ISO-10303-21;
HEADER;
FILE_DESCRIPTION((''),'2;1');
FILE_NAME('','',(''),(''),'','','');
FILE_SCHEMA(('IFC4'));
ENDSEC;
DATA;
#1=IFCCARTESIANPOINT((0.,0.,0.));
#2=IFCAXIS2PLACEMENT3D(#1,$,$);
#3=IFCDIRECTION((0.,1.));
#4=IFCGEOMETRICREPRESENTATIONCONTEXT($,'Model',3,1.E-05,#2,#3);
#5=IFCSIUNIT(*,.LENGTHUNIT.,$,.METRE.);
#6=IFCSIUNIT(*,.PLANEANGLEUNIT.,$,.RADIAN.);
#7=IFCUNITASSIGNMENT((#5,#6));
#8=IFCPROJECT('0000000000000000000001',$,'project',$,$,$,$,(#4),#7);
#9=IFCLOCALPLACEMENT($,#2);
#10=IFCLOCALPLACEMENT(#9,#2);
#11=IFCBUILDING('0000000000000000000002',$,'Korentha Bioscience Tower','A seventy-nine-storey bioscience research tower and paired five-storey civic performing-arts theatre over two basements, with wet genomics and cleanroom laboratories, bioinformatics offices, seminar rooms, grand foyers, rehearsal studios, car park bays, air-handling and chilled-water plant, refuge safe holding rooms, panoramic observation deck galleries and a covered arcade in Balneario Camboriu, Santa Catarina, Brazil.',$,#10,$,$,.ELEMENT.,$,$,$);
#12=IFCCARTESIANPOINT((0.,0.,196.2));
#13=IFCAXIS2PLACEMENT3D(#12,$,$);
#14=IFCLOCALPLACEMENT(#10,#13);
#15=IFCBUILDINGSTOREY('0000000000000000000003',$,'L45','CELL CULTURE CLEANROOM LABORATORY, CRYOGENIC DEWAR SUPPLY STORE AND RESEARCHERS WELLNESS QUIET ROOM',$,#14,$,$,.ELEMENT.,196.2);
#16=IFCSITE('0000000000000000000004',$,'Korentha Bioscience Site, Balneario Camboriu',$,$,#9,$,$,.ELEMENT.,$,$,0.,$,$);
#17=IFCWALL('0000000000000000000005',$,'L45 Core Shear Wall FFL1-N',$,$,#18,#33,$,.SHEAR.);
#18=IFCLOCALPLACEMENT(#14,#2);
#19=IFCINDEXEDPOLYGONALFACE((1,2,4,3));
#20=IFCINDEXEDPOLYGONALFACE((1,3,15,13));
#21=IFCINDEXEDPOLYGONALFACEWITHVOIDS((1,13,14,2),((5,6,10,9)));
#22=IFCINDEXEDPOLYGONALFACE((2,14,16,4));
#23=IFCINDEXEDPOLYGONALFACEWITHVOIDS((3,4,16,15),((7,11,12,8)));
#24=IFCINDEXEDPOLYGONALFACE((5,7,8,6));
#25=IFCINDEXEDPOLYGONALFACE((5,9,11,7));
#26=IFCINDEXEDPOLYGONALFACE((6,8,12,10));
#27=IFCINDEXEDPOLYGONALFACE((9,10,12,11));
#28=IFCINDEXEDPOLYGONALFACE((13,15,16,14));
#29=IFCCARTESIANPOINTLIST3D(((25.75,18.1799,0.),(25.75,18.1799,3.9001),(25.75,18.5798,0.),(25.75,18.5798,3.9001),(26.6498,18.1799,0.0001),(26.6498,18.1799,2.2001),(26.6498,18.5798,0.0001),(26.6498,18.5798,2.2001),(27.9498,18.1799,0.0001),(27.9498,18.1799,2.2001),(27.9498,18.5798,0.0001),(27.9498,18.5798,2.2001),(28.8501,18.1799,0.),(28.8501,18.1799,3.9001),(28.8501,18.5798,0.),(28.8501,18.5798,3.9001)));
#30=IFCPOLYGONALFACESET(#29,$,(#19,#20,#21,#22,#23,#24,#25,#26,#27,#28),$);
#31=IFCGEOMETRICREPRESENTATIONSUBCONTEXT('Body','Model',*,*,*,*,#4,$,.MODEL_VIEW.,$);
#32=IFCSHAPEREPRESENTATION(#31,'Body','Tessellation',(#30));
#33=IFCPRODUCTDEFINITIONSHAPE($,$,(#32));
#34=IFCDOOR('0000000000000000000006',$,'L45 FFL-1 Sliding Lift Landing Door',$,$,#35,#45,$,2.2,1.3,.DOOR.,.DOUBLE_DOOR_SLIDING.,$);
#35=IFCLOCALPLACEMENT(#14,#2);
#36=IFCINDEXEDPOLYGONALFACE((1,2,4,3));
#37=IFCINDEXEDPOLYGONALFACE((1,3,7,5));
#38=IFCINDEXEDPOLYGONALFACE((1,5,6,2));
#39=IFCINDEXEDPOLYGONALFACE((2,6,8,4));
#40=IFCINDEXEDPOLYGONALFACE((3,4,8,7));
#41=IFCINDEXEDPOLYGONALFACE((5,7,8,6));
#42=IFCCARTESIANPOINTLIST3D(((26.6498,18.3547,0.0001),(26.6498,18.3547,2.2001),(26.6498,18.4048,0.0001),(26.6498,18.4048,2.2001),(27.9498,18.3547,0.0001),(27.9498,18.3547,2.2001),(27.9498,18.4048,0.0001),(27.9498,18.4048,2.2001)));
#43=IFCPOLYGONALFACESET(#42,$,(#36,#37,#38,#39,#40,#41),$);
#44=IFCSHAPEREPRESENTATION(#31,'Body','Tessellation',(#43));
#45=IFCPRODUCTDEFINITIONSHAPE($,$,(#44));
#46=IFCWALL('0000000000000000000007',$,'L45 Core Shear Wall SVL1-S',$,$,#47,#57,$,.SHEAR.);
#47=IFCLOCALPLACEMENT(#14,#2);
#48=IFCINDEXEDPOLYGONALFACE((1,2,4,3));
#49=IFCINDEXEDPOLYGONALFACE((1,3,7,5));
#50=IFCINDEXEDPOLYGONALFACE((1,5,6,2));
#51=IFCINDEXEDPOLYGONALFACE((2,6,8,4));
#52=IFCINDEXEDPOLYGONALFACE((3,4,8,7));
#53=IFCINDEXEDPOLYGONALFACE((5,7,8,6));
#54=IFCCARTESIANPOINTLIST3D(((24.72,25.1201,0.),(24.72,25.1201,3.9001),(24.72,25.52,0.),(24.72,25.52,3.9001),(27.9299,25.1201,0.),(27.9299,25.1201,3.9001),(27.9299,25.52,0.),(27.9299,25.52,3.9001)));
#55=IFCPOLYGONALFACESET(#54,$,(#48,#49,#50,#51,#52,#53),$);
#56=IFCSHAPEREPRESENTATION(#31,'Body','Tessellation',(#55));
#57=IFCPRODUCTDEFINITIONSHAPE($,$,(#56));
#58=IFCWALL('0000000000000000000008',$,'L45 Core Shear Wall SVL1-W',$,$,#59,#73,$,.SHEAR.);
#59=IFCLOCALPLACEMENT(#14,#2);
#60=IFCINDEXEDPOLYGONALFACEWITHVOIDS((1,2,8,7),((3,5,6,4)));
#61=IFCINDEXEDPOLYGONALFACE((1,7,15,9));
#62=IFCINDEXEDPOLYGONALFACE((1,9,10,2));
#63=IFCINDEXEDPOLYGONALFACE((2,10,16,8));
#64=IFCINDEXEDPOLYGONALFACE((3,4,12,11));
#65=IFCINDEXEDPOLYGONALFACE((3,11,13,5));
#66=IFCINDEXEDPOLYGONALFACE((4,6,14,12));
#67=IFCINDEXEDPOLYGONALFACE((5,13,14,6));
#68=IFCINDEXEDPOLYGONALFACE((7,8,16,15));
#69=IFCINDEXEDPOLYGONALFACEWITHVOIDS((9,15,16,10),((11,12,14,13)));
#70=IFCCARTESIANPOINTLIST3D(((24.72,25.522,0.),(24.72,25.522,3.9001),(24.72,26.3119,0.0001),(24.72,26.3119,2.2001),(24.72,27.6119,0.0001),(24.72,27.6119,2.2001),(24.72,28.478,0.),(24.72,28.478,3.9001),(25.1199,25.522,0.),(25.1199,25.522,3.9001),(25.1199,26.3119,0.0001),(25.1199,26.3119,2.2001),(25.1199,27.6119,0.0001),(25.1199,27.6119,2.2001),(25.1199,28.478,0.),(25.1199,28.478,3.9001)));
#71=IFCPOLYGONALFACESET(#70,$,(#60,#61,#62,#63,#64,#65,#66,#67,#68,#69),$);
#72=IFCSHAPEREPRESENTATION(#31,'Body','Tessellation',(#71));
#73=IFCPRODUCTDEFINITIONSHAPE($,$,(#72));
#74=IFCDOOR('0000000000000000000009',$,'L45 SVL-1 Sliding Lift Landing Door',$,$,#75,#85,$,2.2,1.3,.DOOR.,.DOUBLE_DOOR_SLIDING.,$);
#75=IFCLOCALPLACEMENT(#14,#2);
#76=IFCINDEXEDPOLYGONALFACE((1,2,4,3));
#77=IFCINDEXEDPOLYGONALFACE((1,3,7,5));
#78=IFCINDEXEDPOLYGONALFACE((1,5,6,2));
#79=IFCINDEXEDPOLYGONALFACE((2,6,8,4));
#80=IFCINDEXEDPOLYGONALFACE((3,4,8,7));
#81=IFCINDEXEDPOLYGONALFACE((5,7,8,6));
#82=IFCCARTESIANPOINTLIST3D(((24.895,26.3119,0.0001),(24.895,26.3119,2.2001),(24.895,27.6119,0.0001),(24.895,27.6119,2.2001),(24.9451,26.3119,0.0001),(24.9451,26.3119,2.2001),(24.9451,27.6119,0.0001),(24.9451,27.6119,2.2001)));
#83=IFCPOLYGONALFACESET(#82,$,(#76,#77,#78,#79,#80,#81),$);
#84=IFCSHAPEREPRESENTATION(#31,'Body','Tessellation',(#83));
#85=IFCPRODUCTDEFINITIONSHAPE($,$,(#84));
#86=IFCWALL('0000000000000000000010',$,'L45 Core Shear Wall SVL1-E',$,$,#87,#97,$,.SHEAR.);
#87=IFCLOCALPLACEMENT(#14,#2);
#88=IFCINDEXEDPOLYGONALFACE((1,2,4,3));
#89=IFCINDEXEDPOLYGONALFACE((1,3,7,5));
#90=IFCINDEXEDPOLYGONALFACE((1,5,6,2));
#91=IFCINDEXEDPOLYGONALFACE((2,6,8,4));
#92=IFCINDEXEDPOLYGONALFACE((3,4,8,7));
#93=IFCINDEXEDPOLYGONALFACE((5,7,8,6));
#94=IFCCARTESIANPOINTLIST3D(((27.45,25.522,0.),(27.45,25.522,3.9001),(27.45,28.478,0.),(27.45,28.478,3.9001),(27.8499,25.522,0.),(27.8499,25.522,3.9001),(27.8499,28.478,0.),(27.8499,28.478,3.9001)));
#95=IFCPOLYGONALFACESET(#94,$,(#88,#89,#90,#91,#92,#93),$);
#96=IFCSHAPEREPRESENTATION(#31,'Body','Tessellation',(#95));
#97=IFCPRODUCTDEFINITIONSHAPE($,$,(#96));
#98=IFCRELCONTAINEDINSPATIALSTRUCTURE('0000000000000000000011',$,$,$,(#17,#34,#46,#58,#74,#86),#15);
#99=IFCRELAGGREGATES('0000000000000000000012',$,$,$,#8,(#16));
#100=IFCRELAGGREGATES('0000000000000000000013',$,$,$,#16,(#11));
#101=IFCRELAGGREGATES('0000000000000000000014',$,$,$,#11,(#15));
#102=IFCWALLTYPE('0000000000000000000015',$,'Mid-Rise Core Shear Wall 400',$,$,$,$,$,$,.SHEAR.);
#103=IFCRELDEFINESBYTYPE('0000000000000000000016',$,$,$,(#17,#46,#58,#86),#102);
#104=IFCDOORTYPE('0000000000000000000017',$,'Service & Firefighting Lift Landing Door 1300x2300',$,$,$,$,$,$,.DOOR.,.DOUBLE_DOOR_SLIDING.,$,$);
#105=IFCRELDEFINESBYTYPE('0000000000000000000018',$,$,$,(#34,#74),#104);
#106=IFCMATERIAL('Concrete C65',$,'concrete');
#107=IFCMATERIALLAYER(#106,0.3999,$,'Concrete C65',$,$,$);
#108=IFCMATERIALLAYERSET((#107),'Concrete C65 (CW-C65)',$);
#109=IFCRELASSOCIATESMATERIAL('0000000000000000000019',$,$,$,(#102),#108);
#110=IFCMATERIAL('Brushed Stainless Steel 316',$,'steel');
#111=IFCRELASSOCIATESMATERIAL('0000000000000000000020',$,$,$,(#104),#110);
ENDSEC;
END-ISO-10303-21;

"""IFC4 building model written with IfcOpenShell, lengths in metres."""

from ifc_helpers import new_model, si_unit, direction, frame, frame_2d, origin, place, context, subcontext, project, spatial, rectangle, extrude, material, layer, layer_set, type_object, element, fill, save


model = new_model("IFC4")

# Units and contexts
model_context = context("Model", 3, precision=1e-05, world=origin(), true_north=direction((0.0, 1.0)))
body_context = subcontext(model_context, "Body", "Model", "MODEL_VIEW")
ifc_project = project(units=[si_unit("LENGTHUNIT", "METRE"), si_unit("PLANEANGLEUNIT", "RADIAN")], contexts=[model_context])

# Site, building, storey
site_placement = place(None, origin())
site = spatial("IfcSite", under=ifc_project, at=site_placement, Name="Korentha Bioscience Site, Balneario Camboriu", CompositionType="ELEMENT", RefElevation=0.0)
building_placement = place(site_placement, origin())
building = spatial("IfcBuilding", under=site, at=building_placement, Name="Korentha Bioscience Tower", Description="A seventy-nine-storey bioscience research tower and paired five-storey civic performing-arts theatre over two basements, with wet genomics and cleanroom laboratories, bioinformatics offices, seminar rooms, grand foyers, rehearsal studios, car park bays, air-handling and chilled-water plant, refuge safe holding rooms, panoramic observation deck galleries and a covered arcade in Balneario Camboriu, Santa Catarina, Brazil.", CompositionType="ELEMENT")
storey_placement = place(building_placement, frame((0.0, 0.0, 196.2)))
storey = spatial("IfcBuildingStorey", under=building, at=storey_placement, Name="L45", Description="CELL CULTURE CLEANROOM LABORATORY, CRYOGENIC DEWAR SUPPLY STORE AND RESEARCHERS WELLNESS QUIET ROOM", CompositionType="ELEMENT", Elevation=196.2)

# Shared definitions
ifc_material_1 = material(Name="Concrete C65", Category="concrete")

# Shared definitions
ifc_layer_1 = layer(ifc_material_1, 0.3999, Name="Concrete C65")
ifc_layer_set_1 = layer_set([ifc_layer_1], Name="Concrete C65 (CW-C65)")
wall_type_1 = type_object("IfcWallType", Name="Mid-Rise Core Shear Wall 400", PredefinedType="SHEAR", material=ifc_layer_set_1)

# Wall, opening, door
wall_1_placement = place(storey_placement, frame((25.75, 18.3799, 0.0), z_axis=(0.0, 0.0, 1.0), x_axis=(1.0, 0.0, 0.0)))
wall_1 = element("IfcWall", 1, at=wall_1_placement, inside=storey, type_object=wall_type_1, Name="L45 Core Shear Wall FFL1-N", PredefinedType="SHEAR", context=body_context, shape_type="SweptSolid", body=[
    extrude(rectangle(XDim=3.1001, YDim=0.3999, at=frame_2d((1.55, 0.0))), origin(), (0.0, 0.0, 1.0), 3.9001),
])
opening_1_placement = place(wall_1_placement, frame((0.8999, 0.0, 0.0)))
opening_1 = element("IfcOpeningElement", 2, at=opening_1_placement, cuts=wall_1, PredefinedType="OPENING", context=body_context, shape_type="SweptSolid", body=[
    extrude(rectangle(XDim=1.3, YDim=2.2, at=frame_2d((0.6499, 1.1001))), frame((0.0, 0.2148, 0.0), z_axis=(0.0, -1.0, 0.0), x_axis=(1.0, 0.0, 0.0)), (0.0, 0.0, 1.0), 0.4297),
])
ifc_material_2 = material(Name="Brushed Stainless Steel 316", Category="steel")
door_type_1 = type_object("IfcDoorType", Name="Service & Firefighting Lift Landing Door 1300x2300", OperationType="DOUBLE_DOOR_SLIDING", PredefinedType="DOOR", material=ifc_material_2)
door_1_placement = place(opening_1_placement, origin())
door_1 = element("IfcDoor", 3, at=door_1_placement, inside=storey, type_object=door_type_1, Name="L45 FFL-1 Sliding Lift Landing Door", OperationType="DOUBLE_DOOR_SLIDING", OverallHeight=2.2, OverallWidth=1.3, PredefinedType="DOOR", context=body_context, shape_type="SweptSolid", body=[
    extrude(rectangle(XDim=1.3, YDim=2.2, at=frame_2d((0.6499, 1.1001))), frame((0.0, 0.0249, 0.0), z_axis=(0.0, -1.0, 0.0), x_axis=(1.0, 0.0, 0.0)), (0.0, 0.0, 1.0), 0.05),
])
fill(opening_1, door_1)

# Wall
wall_2_placement = place(storey_placement, frame((24.72, 25.3201, 0.0), z_axis=(0.0, 0.0, 1.0), x_axis=(1.0, 0.0, 0.0)))
element("IfcWall", 4, at=wall_2_placement, inside=storey, type_object=wall_type_1, Name="L45 Core Shear Wall SVL1-S", PredefinedType="SHEAR", context=body_context, shape_type="SweptSolid", body=[
    extrude(rectangle(XDim=3.21, YDim=0.3999, at=frame_2d((1.605, 0.0))), origin(), (0.0, 0.0, 1.0), 3.9001),
])

# Wall, opening, door
wall_3_placement = place(storey_placement, frame((24.9199, 25.522, 0.0), z_axis=(0.0, 0.0, 1.0), x_axis=(0.0, 1.0, 0.0)))
wall_3 = element("IfcWall", 5, at=wall_3_placement, inside=storey, type_object=wall_type_1, Name="L45 Core Shear Wall SVL1-W", PredefinedType="SHEAR", context=body_context, shape_type="SweptSolid", body=[
    extrude(rectangle(XDim=2.9561, YDim=0.3999, at=frame_2d((1.478, 0.0))), origin(), (0.0, 0.0, 1.0), 3.9001),
])
opening_2_placement = place(wall_3_placement, frame((0.79, 0.0, 0.0)))
opening_2 = element("IfcOpeningElement", 6, at=opening_2_placement, cuts=wall_3, PredefinedType="OPENING", context=body_context, shape_type="SweptSolid", body=[
    extrude(rectangle(XDim=1.3, YDim=2.2, at=frame_2d((0.6499, 1.1001))), frame((0.0, 0.2148, 0.0), z_axis=(0.0, -1.0, 0.0), x_axis=(1.0, 0.0, 0.0)), (0.0, 0.0, 1.0), 0.4297),
])
door_2_placement = place(opening_2_placement, origin())
door_2 = element("IfcDoor", 7, at=door_2_placement, inside=storey, type_object=door_type_1, Name="L45 SVL-1 Sliding Lift Landing Door", OperationType="DOUBLE_DOOR_SLIDING", OverallHeight=2.2, OverallWidth=1.3, PredefinedType="DOOR", context=body_context, shape_type="SweptSolid", body=[
    extrude(rectangle(XDim=1.3, YDim=2.2, at=frame_2d((0.6499, 1.1001))), frame((0.0, 0.0249, 0.0), z_axis=(0.0, -1.0, 0.0), x_axis=(1.0, 0.0, 0.0)), (0.0, 0.0, 1.0), 0.05),
])
fill(opening_2, door_2)

# Wall
wall_4_placement = place(storey_placement, frame((27.6499, 25.522, 0.0), z_axis=(0.0, 0.0, 1.0), x_axis=(0.0, 1.0, 0.0)))
element("IfcWall", 8, at=wall_4_placement, inside=storey, type_object=wall_type_1, Name="L45 Core Shear Wall SVL1-E", PredefinedType="SHEAR", context=body_context, shape_type="SweptSolid", body=[
    extrude(rectangle(XDim=2.9561, YDim=0.3999, at=frame_2d((1.478, 0.0))), origin(), (0.0, 0.0, 1.0), 3.9001),
])

save(model, "model.ifc")
